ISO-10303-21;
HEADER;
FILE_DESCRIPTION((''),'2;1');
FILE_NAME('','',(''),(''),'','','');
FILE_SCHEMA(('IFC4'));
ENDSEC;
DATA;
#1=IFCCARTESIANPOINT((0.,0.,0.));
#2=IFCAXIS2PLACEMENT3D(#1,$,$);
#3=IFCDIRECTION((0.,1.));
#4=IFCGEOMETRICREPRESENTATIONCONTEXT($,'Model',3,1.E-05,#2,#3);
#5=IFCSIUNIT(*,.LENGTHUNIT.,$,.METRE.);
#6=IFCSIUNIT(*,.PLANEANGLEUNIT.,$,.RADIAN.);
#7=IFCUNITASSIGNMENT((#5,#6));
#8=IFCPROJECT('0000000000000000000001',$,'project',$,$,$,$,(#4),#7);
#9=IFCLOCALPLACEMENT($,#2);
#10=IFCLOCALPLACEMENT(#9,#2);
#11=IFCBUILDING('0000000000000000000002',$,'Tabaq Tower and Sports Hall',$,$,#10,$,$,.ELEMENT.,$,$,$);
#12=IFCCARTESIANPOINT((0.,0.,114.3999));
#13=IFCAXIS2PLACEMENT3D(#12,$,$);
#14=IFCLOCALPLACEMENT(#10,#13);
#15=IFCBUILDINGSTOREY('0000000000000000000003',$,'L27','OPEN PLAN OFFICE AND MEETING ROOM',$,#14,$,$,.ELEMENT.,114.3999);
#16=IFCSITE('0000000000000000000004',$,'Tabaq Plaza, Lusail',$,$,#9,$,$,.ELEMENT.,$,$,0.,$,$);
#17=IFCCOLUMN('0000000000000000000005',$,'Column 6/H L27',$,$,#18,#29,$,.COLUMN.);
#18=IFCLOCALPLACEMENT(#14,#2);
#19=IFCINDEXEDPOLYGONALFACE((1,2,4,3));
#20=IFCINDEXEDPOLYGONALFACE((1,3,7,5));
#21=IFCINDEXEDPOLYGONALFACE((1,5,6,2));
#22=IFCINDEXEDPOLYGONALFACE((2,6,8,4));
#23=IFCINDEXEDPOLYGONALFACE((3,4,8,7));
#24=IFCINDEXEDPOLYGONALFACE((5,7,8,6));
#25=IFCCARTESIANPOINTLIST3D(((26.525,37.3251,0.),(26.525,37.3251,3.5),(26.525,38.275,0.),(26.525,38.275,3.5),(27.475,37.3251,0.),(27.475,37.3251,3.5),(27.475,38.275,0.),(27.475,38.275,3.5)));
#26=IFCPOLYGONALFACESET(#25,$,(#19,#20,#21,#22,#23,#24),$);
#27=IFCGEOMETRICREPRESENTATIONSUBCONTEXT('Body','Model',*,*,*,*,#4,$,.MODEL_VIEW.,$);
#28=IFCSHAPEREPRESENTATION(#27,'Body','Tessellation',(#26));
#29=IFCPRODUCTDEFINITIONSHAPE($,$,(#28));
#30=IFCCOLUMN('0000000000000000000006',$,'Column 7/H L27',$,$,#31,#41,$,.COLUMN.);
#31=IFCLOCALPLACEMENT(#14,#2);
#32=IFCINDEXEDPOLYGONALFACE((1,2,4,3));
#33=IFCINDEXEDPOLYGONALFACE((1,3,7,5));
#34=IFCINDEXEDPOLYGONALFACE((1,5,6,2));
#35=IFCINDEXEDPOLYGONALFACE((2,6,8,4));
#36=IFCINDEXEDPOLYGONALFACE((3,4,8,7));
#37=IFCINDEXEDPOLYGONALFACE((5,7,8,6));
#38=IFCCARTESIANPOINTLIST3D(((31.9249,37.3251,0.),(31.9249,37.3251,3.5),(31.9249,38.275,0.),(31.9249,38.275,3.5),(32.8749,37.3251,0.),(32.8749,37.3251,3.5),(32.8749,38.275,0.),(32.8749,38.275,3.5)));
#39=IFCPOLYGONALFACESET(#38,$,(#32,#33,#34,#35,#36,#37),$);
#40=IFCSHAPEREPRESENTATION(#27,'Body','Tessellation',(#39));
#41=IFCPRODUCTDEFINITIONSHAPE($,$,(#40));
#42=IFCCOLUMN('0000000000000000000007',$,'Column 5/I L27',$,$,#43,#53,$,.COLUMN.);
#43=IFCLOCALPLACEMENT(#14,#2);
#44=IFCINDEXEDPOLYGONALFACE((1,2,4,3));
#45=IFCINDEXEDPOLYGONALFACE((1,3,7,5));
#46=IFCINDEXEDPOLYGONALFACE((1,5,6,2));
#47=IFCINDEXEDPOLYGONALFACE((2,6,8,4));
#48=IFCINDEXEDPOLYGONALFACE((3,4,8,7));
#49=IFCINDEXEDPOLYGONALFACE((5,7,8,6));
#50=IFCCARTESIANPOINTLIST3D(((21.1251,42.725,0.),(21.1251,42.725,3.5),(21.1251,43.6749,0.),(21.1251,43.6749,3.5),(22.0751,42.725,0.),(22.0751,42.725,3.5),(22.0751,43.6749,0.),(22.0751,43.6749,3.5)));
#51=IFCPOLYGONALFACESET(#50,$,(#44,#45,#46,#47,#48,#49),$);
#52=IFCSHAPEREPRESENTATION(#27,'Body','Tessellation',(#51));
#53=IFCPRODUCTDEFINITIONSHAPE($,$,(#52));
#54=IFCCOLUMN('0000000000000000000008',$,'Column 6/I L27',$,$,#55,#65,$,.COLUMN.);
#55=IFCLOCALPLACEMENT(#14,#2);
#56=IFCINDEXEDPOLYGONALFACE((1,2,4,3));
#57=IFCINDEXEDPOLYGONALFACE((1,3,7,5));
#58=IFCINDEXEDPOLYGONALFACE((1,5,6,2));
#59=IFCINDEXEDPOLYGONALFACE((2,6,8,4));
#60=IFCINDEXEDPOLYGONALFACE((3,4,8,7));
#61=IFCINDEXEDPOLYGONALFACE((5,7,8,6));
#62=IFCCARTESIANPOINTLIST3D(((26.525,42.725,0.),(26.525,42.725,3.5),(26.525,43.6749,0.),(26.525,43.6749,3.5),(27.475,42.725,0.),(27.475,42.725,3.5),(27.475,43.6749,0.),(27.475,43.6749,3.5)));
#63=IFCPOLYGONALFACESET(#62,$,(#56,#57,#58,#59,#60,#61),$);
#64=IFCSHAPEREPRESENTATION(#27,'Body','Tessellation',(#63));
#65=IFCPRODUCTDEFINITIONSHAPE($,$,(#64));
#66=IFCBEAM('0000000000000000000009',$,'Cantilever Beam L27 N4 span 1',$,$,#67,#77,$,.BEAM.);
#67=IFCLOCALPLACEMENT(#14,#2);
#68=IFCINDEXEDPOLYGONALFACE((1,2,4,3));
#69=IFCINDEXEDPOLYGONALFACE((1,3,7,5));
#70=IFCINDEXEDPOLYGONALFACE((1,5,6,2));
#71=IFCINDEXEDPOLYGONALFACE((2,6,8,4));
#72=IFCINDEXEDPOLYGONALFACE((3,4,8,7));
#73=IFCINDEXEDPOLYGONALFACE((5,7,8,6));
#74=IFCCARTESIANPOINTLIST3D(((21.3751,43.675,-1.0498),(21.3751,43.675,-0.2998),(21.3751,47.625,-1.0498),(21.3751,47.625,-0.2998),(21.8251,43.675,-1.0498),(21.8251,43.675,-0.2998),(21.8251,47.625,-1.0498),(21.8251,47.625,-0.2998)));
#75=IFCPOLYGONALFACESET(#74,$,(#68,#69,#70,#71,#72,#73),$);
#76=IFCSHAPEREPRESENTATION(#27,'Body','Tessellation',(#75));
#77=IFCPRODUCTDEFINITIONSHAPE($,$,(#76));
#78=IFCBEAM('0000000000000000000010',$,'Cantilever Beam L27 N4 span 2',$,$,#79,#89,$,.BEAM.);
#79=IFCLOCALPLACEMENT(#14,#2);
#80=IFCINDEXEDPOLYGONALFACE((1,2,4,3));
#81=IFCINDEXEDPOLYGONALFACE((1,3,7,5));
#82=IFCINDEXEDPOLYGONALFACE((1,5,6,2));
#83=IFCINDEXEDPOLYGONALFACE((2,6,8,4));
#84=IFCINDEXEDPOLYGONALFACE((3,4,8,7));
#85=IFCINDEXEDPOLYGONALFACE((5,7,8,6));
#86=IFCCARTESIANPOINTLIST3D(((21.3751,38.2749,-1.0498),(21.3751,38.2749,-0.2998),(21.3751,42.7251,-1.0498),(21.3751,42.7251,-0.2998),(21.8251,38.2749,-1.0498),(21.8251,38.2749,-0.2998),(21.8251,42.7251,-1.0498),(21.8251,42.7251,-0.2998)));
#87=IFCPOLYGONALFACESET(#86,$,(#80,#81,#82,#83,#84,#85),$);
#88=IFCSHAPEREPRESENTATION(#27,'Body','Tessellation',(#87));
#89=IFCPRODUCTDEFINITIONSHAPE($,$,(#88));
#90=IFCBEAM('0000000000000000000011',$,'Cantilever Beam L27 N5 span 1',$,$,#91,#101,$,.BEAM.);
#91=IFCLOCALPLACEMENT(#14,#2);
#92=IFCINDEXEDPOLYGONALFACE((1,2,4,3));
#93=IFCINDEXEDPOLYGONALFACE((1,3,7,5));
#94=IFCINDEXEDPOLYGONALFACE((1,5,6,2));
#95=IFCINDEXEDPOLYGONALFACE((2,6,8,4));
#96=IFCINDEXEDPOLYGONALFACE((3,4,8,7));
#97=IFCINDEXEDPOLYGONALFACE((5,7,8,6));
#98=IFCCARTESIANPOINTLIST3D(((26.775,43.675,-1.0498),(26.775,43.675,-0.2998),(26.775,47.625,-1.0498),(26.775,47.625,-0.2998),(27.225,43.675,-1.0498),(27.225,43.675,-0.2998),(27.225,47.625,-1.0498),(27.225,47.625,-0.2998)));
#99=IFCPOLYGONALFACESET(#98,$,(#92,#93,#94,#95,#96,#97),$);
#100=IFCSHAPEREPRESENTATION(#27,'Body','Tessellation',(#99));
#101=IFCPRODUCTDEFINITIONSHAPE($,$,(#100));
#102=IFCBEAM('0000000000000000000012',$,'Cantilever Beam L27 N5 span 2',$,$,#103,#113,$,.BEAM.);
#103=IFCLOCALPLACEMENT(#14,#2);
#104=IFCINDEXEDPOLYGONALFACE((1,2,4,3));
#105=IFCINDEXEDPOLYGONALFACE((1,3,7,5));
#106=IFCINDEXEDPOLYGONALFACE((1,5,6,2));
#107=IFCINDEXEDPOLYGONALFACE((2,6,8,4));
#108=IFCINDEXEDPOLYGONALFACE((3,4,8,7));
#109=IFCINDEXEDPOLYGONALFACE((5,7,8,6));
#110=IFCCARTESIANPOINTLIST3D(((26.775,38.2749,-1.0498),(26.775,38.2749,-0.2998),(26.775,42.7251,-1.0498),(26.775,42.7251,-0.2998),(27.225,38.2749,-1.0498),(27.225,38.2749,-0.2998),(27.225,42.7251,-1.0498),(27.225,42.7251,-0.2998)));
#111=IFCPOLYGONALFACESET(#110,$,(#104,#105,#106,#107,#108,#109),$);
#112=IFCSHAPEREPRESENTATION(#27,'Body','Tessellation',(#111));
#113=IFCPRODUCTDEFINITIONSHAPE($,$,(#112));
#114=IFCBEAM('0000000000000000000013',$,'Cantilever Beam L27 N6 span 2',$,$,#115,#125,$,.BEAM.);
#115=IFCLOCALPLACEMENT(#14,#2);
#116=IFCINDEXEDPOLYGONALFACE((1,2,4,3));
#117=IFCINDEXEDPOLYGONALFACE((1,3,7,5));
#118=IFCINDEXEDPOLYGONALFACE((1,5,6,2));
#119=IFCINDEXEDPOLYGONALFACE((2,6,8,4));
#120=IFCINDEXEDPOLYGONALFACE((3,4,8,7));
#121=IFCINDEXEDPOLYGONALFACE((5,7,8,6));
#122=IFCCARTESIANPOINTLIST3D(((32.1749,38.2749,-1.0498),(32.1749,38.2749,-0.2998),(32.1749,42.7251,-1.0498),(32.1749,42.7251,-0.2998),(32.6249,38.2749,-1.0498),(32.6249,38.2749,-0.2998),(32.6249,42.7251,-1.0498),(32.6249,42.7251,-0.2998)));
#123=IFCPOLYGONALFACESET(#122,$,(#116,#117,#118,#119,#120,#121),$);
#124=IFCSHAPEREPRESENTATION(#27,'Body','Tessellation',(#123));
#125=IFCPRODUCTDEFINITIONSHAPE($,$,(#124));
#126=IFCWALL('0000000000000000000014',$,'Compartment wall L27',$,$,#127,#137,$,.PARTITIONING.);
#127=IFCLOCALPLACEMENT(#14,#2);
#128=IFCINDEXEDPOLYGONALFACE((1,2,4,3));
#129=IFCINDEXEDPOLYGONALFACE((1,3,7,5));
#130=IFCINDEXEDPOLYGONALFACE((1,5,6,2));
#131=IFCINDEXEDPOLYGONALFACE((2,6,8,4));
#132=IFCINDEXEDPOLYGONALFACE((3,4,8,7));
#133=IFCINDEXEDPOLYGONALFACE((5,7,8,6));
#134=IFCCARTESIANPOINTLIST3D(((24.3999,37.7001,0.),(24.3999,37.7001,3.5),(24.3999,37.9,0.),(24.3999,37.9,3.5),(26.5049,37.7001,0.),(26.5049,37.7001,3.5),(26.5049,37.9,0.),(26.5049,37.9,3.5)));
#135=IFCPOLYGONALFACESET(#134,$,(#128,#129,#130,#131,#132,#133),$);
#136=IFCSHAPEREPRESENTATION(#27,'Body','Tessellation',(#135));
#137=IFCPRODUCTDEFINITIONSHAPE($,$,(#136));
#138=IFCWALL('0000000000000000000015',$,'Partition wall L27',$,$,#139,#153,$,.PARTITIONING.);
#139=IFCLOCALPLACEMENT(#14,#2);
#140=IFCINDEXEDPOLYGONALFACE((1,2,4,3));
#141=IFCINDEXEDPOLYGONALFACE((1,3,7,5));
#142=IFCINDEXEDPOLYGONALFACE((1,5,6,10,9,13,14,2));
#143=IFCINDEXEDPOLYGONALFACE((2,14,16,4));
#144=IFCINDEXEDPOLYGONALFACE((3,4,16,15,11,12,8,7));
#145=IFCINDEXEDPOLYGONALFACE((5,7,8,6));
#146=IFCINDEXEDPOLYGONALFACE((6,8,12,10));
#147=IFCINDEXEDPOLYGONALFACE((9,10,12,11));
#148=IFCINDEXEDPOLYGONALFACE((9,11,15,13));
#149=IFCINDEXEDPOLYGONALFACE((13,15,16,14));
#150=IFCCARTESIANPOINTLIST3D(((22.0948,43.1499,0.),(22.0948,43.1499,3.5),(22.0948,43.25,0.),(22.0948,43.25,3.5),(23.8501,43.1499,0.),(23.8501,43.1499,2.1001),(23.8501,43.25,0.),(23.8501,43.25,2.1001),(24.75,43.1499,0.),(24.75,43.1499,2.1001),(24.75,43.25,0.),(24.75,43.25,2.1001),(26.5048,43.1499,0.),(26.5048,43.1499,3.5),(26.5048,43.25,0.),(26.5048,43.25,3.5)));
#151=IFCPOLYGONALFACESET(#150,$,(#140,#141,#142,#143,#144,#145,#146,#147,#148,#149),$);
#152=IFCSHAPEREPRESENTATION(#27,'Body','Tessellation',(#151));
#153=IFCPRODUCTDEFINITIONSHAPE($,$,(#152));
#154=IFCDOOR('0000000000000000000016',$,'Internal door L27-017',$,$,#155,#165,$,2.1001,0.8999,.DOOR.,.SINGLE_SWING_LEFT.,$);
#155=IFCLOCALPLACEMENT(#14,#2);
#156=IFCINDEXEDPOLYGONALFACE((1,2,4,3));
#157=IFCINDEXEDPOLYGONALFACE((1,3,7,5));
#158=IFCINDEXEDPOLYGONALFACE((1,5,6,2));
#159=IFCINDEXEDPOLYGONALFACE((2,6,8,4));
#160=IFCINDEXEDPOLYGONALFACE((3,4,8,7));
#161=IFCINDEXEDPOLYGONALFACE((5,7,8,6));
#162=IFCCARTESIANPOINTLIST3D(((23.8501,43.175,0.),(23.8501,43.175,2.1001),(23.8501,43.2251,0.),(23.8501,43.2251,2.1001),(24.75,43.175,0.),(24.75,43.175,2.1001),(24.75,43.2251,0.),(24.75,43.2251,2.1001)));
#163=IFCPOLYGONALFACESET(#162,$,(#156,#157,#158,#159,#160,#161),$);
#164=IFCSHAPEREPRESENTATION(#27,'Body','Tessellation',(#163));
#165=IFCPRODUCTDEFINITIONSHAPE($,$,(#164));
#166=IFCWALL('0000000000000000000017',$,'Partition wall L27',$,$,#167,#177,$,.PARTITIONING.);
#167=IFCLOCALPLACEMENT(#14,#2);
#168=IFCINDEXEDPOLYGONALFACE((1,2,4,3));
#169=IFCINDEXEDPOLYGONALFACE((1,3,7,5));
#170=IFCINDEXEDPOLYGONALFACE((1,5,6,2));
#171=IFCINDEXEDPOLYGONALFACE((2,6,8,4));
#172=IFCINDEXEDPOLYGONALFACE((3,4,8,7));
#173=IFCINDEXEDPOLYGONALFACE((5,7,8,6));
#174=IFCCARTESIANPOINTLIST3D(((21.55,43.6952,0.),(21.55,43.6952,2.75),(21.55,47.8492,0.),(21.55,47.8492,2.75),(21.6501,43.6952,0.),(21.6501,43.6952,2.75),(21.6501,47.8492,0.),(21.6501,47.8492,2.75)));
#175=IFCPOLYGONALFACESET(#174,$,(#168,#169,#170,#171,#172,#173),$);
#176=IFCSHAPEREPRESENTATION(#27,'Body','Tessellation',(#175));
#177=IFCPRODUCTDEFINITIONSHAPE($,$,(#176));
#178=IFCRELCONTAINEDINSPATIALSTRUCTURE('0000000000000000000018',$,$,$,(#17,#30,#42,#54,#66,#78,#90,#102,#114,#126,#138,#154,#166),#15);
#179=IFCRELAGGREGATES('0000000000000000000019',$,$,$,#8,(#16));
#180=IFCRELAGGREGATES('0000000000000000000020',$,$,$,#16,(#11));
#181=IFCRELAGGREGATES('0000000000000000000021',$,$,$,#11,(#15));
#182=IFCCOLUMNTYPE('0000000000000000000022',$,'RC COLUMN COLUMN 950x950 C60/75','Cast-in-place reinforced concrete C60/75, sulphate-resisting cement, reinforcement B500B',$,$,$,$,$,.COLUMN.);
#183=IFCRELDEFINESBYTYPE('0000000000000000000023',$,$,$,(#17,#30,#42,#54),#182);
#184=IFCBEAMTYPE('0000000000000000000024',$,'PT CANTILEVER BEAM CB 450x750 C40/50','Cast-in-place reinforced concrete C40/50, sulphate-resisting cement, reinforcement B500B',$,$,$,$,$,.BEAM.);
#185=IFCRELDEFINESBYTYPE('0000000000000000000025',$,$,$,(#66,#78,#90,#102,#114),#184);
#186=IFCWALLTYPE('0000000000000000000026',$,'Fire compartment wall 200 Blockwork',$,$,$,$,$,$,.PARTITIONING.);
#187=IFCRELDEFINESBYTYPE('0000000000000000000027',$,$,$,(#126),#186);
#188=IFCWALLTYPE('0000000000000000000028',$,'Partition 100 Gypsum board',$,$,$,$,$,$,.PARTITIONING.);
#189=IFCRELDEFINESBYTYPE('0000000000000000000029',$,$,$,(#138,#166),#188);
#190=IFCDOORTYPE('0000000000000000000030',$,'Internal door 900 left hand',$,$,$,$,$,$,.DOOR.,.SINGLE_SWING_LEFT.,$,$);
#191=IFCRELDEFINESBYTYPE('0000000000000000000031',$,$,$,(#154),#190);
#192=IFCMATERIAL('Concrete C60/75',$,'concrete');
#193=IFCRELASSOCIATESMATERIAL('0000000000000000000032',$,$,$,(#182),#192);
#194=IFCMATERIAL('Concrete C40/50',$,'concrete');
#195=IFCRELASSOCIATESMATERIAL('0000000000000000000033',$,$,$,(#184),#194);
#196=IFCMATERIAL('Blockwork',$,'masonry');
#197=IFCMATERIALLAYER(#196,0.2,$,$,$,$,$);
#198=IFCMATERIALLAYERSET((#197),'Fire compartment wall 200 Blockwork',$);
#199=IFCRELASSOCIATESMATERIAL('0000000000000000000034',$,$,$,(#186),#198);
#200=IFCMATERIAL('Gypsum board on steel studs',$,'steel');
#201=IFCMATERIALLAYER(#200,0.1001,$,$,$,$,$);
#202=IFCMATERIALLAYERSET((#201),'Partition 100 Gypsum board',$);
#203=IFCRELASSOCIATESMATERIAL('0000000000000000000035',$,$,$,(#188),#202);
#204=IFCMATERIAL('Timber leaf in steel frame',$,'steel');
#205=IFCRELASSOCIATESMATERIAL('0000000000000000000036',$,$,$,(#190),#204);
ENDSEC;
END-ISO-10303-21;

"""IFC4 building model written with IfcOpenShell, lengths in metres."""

from ifc_helpers import new_model, si_unit, direction, frame, frame_2d, origin, origin_2d, place, context, subcontext, project, spatial, rectangle, extrude, material, layer, layer_set, material_profile, profile_set, type_object, element, fill, save


model = new_model("IFC4")

# Units and contexts
model_context = context("Model", 3, precision=1e-05, world=origin(), true_north=direction((0.0, 1.0)))
body_context = subcontext(model_context, "Body", "Model", "MODEL_VIEW")
ifc_project = project(units=[si_unit("LENGTHUNIT", "METRE"), si_unit("PLANEANGLEUNIT", "RADIAN")], contexts=[model_context])

# Site, building, storey
site_placement = place(None, origin())
site = spatial("IfcSite", under=ifc_project, at=site_placement, Name="Tabaq Plaza, Lusail", CompositionType="ELEMENT", RefElevation=0.0)
building_placement = place(site_placement, origin())
building = spatial("IfcBuilding", under=site, at=building_placement, Name="Tabaq Tower and Sports Hall", CompositionType="ELEMENT")
storey_placement = place(building_placement, frame((0.0, 0.0, 114.3999)))
storey = spatial("IfcBuildingStorey", under=building, at=storey_placement, Name="L27", Description="OPEN PLAN OFFICE AND MEETING ROOM", CompositionType="ELEMENT", Elevation=114.3999)

# Columns
ifc_material_1 = material(Name="Concrete C60/75", Category="concrete")
ifc_material_profile_1 = material_profile(ifc_material_1, rectangle(XDim=0.95, YDim=0.95, at=origin_2d()), Name="COLUMN 950x950")
ifc_profile_set_1 = profile_set([ifc_material_profile_1], Name="Concrete C60/75")
column_type = type_object("IfcColumnType", Name="RC COLUMN COLUMN 950x950 C60/75", Description="Cast-in-place reinforced concrete C60/75, sulphate-resisting cement, reinforcement B500B", PredefinedType="COLUMN", material=ifc_profile_set_1)
for number, where, z_axis, x_axis, name in (
    (1, (27.0, 37.8, 0.0), (0.0, 0.0, 1.0), (1.0, 0.0, 0.0), "Column 6/H L27"),
    (2, (32.3999, 37.8, 0.0), (0.0, 0.0, 1.0), (1.0, 0.0, 0.0), "Column 7/H L27"),
    (3, (21.6001, 43.2, 0.0), (0.0, 0.0, 1.0), (1.0, 0.0, 0.0), "Column 5/I L27"),
    (4, (27.0, 43.2, 0.0), (0.0, 0.0, 1.0), (1.0, 0.0, 0.0), "Column 6/I L27"),
):
    element("IfcColumn", number, at=place(storey_placement, frame(where, z_axis=z_axis, x_axis=x_axis)), inside=storey, type_object=column_type, Name=name, PredefinedType="COLUMN", context=body_context, shape_type="SweptSolid", body=[
        extrude(rectangle(XDim=0.95, YDim=0.95, at=origin_2d()), origin(), (0.0, 0.0, 1.0), 3.5),
    ])

# Beams
ifc_material_2 = material(Name="Concrete C40/50", Category="concrete")
ifc_material_profile_2 = material_profile(ifc_material_2, rectangle(XDim=0.45, YDim=0.75, at=origin_2d()), Name="CB 450x750")
ifc_profile_set_2 = profile_set([ifc_material_profile_2], Name="Concrete C40/50")
beam_type = type_object("IfcBeamType", Name="PT CANTILEVER BEAM CB 450x750 C40/50", Description="Cast-in-place reinforced concrete C40/50, sulphate-resisting cement, reinforcement B500B", PredefinedType="BEAM", material=ifc_profile_set_2)
beam_1_placement = place(storey_placement, frame((21.6001, 47.625, -0.6748), z_axis=(0.0, -1.0, 0.0), x_axis=(1.0, 0.0, 0.0)))
element("IfcBeam", 5, at=beam_1_placement, inside=storey, type_object=beam_type, Name="Cantilever Beam L27 N4 span 1", PredefinedType="BEAM", context=body_context, shape_type="SweptSolid", body=[
    extrude(rectangle(XDim=0.45, YDim=0.75, at=origin_2d()), origin(), (0.0, 0.0, 1.0), 3.95),
])
beam_2_placement = place(storey_placement, frame((21.6001, 42.7251, -0.6748), z_axis=(0.0, -1.0, 0.0), x_axis=(1.0, 0.0, 0.0)))
element("IfcBeam", 6, at=beam_2_placement, inside=storey, type_object=beam_type, Name="Cantilever Beam L27 N4 span 2", PredefinedType="BEAM", context=body_context, shape_type="SweptSolid", body=[
    extrude(rectangle(XDim=0.45, YDim=0.75, at=origin_2d()), origin(), (0.0, 0.0, 1.0), 4.4502),
])
beam_3_placement = place(storey_placement, frame((27.0, 47.625, -0.6748), z_axis=(0.0, -1.0, 0.0), x_axis=(1.0, 0.0, 0.0)))
element("IfcBeam", 7, at=beam_3_placement, inside=storey, type_object=beam_type, Name="Cantilever Beam L27 N5 span 1", PredefinedType="BEAM", context=body_context, shape_type="SweptSolid", body=[
    extrude(rectangle(XDim=0.45, YDim=0.75, at=origin_2d()), origin(), (0.0, 0.0, 1.0), 3.95),
])
for number, where, z_axis, x_axis, name in (
    (8, (27.0, 42.7251, -0.6748), (0.0, -1.0, 0.0), (1.0, 0.0, 0.0), "Cantilever Beam L27 N5 span 2"),
    (9, (32.3999, 42.7251, -0.6748), (0.0, -1.0, 0.0), (1.0, 0.0, 0.0), "Cantilever Beam L27 N6 span 2"),
):
    element("IfcBeam", number, at=place(storey_placement, frame(where, z_axis=z_axis, x_axis=x_axis)), inside=storey, type_object=beam_type, Name=name, PredefinedType="BEAM", context=body_context, shape_type="SweptSolid", body=[
        extrude(rectangle(XDim=0.45, YDim=0.75, at=origin_2d()), origin(), (0.0, 0.0, 1.0), 4.4502),
    ])

# Wall
ifc_material_3 = material(Name="Blockwork", Category="masonry")
ifc_layer_1 = layer(ifc_material_3, 0.2)
ifc_layer_set_1 = layer_set([ifc_layer_1], Name="Fire compartment wall 200 Blockwork")
wall_type_1 = type_object("IfcWallType", Name="Fire compartment wall 200 Blockwork", PredefinedType="PARTITIONING", material=ifc_layer_set_1)
wall_1_placement = place(storey_placement, frame((26.5049, 37.8, 0.0), z_axis=(0.0, 0.0, 1.0), x_axis=(-1.0, 0.0, 0.0)))
element("IfcWall", 10, at=wall_1_placement, inside=storey, type_object=wall_type_1, Name="Compartment wall L27", PredefinedType="PARTITIONING", context=body_context, shape_type="SweptSolid", body=[
    extrude(rectangle(XDim=2.105, YDim=0.2, at=frame_2d((1.0525, 0.0))), origin(), (0.0, 0.0, 1.0), 3.5),
])

# Wall, opening, door
ifc_material_4 = material(Name="Gypsum board on steel studs", Category="steel")
ifc_layer_2 = layer(ifc_material_4, 0.1001)
ifc_layer_set_2 = layer_set([ifc_layer_2], Name="Partition 100 Gypsum board")
wall_type_2 = type_object("IfcWallType", Name="Partition 100 Gypsum board", PredefinedType="PARTITIONING", material=ifc_layer_set_2)
wall_2_placement = place(storey_placement, frame((26.5049, 43.2, 0.0), z_axis=(0.0, 0.0, 1.0), x_axis=(-1.0, 0.0, 0.0)))
wall_2 = element("IfcWall", 11, at=wall_2_placement, inside=storey, type_object=wall_type_2, Name="Partition wall L27", PredefinedType="PARTITIONING", context=body_context, shape_type="SweptSolid", body=[
    extrude(rectangle(XDim=4.4099, YDim=0.1001, at=frame_2d((2.2051, 0.0))), origin(), (0.0, 0.0, 1.0), 3.5),
])
opening_1_placement = place(wall_2_placement, frame((1.7549, 0.0, 0.0)))
opening_1 = element("IfcOpeningElement", 12, at=opening_1_placement, cuts=wall_2, PredefinedType="OPENING", context=body_context, shape_type="SweptSolid", body=[
    extrude(rectangle(XDim=0.8999, YDim=2.1001, at=frame_2d((0.45, 1.05))), frame((0.0, 0.05, 0.0), z_axis=(0.0, -1.0, 0.0), x_axis=(1.0, 0.0, 0.0)), (0.0, 0.0, 1.0), 0.1001),
])
ifc_material_5 = material(Name="Timber leaf in steel frame", Category="steel")
door_type = type_object("IfcDoorType", Name="Internal door 900 left hand", OperationType="SINGLE_SWING_LEFT", PredefinedType="DOOR", material=ifc_material_5)
door_1_placement = place(opening_1_placement, origin())
door_1 = element("IfcDoor", 13, at=door_1_placement, inside=storey, type_object=door_type, Name="Internal door L27-017", OperationType="SINGLE_SWING_LEFT", OverallHeight=2.1001, OverallWidth=0.8999, PredefinedType="DOOR", context=body_context, shape_type="SweptSolid", body=[
    extrude(rectangle(XDim=0.8999, YDim=2.1001, at=frame_2d((0.45, 1.05))), frame((0.0, 0.0249, 0.0), z_axis=(0.0, -1.0, 0.0), x_axis=(1.0, 0.0, 0.0)), (0.0, 0.0, 1.0), 0.05),
])
fill(opening_1, door_1)

# Wall
wall_3_placement = place(storey_placement, frame((21.6001, 43.6951, 0.0), z_axis=(0.0, 0.0, 1.0), x_axis=(0.0, 1.0, 0.0)))
element("IfcWall", 14, at=wall_3_placement, inside=storey, type_object=wall_type_2, Name="Partition wall L27", PredefinedType="PARTITIONING", context=body_context, shape_type="SweptSolid", body=[
    extrude(rectangle(XDim=4.1541, YDim=0.1001, at=frame_2d((2.0771, 0.0))), origin(), (0.0, 0.0, 1.0), 2.75),
])

save(model, "model.ifc")
